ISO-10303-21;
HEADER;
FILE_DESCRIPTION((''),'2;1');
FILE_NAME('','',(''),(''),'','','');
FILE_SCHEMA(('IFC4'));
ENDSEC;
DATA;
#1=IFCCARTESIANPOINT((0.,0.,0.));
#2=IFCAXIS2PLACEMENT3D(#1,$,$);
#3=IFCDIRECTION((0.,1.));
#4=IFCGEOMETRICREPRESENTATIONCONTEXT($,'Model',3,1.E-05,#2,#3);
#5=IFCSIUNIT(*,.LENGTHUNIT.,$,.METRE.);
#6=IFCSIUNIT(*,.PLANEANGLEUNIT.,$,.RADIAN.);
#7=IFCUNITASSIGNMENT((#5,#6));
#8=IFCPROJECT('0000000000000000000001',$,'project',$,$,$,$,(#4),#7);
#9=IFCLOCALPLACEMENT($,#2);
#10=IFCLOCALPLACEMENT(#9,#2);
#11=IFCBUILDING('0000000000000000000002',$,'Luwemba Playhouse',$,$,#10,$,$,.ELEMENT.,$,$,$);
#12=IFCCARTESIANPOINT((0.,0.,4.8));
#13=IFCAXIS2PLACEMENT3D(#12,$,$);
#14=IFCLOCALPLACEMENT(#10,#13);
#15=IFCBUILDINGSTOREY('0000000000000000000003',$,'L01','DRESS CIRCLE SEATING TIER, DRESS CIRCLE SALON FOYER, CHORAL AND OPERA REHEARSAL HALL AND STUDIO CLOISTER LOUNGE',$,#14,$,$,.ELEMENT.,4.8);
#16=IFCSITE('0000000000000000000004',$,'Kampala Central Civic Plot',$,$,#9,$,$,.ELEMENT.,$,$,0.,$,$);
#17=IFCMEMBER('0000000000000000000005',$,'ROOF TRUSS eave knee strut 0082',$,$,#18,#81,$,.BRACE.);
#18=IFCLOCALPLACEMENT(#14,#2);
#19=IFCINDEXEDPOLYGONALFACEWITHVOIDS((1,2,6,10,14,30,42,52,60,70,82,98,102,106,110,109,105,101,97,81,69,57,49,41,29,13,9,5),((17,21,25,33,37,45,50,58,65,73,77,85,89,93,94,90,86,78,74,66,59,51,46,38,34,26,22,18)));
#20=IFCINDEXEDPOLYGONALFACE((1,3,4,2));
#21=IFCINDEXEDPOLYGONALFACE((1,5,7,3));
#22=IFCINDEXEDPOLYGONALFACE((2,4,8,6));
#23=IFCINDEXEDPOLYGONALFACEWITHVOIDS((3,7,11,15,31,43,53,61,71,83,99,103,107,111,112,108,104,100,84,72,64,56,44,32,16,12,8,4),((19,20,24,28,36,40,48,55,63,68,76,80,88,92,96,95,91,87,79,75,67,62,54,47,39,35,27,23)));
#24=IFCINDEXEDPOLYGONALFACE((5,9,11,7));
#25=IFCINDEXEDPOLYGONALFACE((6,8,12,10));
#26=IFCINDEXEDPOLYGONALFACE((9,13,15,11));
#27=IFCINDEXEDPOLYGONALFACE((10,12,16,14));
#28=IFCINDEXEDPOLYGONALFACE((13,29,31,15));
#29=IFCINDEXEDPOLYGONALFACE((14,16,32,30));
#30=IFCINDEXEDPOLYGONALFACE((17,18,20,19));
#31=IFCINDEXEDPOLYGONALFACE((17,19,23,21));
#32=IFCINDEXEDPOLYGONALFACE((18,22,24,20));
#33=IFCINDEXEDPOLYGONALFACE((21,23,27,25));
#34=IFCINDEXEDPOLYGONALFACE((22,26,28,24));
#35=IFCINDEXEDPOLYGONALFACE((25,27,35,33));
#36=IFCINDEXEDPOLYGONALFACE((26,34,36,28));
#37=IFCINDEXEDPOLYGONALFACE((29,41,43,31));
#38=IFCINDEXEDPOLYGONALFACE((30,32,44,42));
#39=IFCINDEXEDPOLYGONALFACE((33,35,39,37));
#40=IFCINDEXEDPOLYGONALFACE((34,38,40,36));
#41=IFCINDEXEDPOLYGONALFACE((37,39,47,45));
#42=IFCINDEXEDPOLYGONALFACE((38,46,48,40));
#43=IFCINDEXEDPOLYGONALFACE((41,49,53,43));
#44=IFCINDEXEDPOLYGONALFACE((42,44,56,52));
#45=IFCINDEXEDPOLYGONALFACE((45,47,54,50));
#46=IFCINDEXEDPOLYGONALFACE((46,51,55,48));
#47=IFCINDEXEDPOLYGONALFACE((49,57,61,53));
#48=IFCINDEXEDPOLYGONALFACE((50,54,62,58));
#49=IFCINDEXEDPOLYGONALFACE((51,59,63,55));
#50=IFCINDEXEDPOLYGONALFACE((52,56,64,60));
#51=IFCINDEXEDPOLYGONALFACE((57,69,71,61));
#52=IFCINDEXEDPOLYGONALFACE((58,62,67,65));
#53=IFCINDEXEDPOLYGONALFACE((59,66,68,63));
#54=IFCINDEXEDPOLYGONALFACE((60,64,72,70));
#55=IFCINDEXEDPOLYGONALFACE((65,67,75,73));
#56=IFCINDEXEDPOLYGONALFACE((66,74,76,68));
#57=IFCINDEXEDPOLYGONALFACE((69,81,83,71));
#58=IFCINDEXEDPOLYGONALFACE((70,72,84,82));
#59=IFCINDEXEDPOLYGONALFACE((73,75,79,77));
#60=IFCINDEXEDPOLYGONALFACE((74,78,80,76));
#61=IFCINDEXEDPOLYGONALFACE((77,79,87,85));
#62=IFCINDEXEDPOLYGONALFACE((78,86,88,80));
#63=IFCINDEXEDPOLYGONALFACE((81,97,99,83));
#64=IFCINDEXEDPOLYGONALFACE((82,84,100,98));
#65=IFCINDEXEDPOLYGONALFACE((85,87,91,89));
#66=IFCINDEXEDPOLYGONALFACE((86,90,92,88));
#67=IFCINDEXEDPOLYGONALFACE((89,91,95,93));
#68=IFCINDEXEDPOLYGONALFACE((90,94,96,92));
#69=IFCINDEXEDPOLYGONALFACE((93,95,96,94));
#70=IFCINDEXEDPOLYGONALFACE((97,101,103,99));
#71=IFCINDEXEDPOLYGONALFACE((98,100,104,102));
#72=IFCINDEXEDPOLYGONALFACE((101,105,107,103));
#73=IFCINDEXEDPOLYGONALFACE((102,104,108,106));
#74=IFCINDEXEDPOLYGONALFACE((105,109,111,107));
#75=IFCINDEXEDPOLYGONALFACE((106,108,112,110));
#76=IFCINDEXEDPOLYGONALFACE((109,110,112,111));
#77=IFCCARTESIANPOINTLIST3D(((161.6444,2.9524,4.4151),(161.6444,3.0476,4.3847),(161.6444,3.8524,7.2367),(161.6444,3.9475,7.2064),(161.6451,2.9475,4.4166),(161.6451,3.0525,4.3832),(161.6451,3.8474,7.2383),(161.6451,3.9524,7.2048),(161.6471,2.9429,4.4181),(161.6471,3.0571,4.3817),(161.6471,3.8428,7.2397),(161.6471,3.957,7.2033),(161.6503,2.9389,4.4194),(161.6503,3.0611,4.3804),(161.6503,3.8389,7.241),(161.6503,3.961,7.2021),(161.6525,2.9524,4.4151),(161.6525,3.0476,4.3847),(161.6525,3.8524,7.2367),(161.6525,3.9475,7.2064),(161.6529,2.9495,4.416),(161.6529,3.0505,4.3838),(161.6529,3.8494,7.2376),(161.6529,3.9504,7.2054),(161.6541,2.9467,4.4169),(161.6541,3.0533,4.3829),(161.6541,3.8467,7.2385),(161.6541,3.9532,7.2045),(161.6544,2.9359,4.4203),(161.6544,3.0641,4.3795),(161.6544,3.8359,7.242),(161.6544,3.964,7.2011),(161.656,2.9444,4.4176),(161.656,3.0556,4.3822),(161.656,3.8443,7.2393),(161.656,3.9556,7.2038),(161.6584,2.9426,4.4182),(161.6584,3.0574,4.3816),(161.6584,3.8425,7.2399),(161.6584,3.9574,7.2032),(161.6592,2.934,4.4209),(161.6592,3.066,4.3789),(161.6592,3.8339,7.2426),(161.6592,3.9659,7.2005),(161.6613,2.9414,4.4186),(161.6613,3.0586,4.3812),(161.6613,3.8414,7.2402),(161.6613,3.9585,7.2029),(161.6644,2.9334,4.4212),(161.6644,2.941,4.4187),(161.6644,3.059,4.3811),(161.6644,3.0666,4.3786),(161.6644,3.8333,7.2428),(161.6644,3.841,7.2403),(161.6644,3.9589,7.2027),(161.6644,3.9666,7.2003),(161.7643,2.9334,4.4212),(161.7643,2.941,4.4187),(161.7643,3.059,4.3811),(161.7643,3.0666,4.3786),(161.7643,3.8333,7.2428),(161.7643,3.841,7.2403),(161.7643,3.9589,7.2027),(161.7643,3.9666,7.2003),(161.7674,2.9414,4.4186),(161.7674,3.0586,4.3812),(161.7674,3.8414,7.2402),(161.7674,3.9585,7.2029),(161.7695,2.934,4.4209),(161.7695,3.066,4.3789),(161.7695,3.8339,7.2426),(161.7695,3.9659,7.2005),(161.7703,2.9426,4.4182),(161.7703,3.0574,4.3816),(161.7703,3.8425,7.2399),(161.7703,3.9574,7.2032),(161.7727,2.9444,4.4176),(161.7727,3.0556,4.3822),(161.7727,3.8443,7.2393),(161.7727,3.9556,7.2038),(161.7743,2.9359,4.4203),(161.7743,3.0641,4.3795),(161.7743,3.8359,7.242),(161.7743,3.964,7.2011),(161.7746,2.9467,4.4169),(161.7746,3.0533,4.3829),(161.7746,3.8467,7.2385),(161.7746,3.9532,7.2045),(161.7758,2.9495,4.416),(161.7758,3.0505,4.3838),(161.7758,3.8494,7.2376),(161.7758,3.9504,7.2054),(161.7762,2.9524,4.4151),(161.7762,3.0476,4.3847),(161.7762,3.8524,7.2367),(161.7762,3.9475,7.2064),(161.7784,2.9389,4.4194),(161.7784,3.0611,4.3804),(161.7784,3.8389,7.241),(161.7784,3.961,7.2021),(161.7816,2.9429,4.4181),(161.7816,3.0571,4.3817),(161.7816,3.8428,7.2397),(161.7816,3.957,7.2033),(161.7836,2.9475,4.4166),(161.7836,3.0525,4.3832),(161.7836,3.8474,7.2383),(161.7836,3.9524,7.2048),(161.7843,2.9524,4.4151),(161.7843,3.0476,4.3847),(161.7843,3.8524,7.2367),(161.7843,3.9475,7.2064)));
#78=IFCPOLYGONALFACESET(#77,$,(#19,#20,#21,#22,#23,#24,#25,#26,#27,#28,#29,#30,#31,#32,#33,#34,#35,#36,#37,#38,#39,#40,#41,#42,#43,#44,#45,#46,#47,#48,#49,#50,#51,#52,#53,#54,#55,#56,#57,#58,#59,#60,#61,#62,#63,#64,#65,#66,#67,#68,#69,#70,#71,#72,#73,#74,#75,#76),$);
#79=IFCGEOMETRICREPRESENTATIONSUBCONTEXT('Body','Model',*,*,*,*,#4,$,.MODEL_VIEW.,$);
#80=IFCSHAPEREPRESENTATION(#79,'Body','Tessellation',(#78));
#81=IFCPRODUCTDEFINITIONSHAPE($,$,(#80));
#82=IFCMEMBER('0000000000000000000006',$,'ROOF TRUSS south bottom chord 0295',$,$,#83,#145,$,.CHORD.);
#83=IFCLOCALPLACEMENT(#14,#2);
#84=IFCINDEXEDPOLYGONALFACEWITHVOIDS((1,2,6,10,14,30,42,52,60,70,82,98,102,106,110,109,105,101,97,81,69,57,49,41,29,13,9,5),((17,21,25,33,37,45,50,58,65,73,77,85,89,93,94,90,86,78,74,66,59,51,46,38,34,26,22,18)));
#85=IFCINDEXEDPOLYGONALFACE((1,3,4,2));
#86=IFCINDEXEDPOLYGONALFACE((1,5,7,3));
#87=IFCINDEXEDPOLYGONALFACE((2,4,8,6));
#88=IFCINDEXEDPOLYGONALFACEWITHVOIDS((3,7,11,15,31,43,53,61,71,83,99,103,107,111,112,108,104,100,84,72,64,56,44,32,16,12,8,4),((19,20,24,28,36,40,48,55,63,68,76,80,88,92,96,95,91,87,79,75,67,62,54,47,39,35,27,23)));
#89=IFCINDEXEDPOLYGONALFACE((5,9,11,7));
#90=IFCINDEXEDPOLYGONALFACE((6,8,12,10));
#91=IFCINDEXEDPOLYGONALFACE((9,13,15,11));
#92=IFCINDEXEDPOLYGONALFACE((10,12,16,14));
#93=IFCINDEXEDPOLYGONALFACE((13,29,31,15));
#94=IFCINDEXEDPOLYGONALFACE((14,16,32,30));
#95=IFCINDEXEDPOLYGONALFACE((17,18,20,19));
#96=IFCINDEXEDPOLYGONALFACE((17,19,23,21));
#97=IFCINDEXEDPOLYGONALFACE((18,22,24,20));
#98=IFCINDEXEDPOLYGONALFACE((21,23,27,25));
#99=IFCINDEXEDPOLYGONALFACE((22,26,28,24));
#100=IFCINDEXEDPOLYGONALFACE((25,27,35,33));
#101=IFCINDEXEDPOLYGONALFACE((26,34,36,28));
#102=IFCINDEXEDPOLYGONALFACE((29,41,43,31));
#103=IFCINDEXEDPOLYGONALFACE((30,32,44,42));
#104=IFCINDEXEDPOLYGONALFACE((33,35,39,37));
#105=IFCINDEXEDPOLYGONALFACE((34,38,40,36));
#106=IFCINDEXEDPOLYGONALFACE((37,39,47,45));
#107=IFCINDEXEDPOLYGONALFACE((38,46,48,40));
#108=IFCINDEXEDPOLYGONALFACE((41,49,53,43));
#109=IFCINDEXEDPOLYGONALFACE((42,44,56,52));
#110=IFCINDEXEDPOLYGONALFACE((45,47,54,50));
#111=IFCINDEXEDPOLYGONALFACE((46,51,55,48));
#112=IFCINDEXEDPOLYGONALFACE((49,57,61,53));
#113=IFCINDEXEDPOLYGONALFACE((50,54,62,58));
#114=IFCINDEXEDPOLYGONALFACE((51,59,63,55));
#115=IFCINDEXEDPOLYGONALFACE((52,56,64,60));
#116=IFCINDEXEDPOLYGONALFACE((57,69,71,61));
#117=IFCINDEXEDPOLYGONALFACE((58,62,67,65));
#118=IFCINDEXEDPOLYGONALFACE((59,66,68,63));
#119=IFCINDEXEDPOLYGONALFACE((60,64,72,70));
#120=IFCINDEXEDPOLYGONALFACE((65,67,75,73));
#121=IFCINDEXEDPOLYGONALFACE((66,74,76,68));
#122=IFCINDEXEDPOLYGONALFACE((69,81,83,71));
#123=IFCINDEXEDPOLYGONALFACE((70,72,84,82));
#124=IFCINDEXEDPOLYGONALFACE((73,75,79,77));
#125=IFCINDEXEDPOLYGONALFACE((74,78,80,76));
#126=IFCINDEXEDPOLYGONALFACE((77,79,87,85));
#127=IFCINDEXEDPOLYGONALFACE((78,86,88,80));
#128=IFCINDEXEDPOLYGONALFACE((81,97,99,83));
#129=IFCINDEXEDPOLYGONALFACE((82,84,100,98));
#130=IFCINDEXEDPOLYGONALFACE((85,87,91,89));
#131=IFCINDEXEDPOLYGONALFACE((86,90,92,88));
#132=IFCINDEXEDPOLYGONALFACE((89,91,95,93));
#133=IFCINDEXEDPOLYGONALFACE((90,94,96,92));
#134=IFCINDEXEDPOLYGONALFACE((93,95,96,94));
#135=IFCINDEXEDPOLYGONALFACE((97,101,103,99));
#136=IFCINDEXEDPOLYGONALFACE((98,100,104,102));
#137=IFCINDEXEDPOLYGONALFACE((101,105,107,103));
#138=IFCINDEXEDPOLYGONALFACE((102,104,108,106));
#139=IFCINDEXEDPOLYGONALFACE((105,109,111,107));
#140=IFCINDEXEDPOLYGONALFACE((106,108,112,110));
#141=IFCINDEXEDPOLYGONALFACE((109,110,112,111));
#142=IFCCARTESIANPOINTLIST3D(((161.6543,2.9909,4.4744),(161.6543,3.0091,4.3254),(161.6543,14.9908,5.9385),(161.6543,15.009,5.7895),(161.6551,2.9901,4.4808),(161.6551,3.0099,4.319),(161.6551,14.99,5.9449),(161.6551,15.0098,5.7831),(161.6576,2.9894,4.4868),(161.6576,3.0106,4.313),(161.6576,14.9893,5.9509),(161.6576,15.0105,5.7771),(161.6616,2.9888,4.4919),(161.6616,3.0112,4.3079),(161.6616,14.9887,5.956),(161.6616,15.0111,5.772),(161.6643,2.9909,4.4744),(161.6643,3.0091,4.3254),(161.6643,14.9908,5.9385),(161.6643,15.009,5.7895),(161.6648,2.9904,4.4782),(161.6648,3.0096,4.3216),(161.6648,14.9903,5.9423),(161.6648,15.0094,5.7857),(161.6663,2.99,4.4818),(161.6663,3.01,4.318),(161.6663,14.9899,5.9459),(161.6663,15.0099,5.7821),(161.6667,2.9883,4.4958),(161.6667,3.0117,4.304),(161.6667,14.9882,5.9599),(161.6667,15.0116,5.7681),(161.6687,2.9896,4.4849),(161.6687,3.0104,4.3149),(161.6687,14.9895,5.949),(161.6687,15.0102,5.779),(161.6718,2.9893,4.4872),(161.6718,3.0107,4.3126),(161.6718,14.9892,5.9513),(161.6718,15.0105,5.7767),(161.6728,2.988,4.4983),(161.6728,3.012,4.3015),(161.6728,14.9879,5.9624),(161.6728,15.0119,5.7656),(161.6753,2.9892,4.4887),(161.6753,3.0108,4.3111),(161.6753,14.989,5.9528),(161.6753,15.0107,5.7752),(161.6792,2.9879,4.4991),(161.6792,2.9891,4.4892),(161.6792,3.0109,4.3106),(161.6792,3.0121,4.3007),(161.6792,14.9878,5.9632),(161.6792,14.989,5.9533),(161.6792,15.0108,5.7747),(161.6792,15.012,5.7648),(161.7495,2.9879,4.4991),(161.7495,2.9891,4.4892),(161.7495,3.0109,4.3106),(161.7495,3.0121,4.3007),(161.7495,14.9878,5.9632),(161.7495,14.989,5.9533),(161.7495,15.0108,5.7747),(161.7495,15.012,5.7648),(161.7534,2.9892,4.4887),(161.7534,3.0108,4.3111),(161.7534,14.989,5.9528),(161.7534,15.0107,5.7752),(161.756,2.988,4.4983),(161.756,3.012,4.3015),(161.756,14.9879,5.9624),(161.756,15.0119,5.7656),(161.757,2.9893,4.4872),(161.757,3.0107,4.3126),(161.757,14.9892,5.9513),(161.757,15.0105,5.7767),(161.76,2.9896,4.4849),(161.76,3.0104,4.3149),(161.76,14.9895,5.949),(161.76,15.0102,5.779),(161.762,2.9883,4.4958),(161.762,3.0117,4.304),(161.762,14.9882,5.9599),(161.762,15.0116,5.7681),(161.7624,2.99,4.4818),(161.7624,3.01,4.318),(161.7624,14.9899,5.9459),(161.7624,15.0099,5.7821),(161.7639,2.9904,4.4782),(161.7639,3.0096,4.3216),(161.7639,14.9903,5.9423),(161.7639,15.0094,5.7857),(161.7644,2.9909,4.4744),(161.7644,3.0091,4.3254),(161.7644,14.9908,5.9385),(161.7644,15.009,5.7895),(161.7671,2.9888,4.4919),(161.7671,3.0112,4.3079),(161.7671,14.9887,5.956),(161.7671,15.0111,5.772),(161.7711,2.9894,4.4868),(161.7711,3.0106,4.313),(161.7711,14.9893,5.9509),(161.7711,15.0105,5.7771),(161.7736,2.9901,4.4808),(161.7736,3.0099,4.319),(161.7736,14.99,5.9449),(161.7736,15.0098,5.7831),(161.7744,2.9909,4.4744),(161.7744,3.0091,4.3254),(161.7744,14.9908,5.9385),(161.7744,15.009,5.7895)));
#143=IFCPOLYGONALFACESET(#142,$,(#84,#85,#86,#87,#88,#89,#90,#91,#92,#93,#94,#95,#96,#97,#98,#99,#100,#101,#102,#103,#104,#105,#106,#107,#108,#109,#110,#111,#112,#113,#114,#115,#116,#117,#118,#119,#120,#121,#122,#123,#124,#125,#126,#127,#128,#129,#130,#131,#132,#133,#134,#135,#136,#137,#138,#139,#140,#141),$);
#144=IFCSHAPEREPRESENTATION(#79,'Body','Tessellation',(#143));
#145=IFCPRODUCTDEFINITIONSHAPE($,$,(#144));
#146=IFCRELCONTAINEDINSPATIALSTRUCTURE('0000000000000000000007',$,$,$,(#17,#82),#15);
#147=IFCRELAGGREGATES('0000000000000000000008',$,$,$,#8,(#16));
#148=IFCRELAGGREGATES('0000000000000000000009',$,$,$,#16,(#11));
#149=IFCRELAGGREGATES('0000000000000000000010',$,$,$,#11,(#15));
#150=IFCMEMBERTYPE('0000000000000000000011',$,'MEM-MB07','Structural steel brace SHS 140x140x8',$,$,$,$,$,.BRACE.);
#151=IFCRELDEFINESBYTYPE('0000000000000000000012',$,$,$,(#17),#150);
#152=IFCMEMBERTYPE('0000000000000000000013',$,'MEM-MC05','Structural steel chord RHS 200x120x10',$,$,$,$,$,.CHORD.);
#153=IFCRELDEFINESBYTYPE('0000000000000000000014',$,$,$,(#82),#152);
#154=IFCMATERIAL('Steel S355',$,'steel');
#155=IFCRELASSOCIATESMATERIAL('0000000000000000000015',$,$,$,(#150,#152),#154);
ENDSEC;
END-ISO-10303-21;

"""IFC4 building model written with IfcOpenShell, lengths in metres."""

from ifc_helpers import new_model, si_unit, direction, frame, origin, origin_2d, place, context, subcontext, project, spatial, hollow_rectangle, extrude, material, material_profile, profile_set, type_object, element, save


model = new_model("IFC4")

# Units and contexts
model_context = context("Model", 3, precision=1e-05, world=origin(), true_north=direction((0.0, 1.0)))
body_context = subcontext(model_context, "Body", "Model", "MODEL_VIEW")
ifc_project = project(units=[si_unit("LENGTHUNIT", "METRE"), si_unit("PLANEANGLEUNIT", "RADIAN")], contexts=[model_context])

# Site, building, storey
site_placement = place(None, origin())
site = spatial("IfcSite", under=ifc_project, at=site_placement, Name="Kampala Central Civic Plot", CompositionType="ELEMENT", RefElevation=0.0)
building_placement = place(site_placement, origin())
building = spatial("IfcBuilding", under=site, at=building_placement, Name="Luwemba Playhouse", CompositionType="ELEMENT")
storey_placement = place(building_placement, frame((0.0, 0.0, 4.8)))
storey = spatial("IfcBuildingStorey", under=building, at=storey_placement, Name="L01", Description="DRESS CIRCLE SEATING TIER, DRESS CIRCLE SALON FOYER, CHORAL AND OPERA REHEARSAL HALL AND STUDIO CLOISTER LOUNGE", CompositionType="ELEMENT", Elevation=4.8)

# Shared definitions
ifc_material_1 = material(Name="Steel S355", Category="steel")

# Members
ifc_material_profile_1 = material_profile(ifc_material_1, hollow_rectangle(XDim=0.1399, YDim=0.1399, WallThickness=0.0081, InnerFilletRadius=0.012, OuterFilletRadius=0.02, at=origin_2d()))
ifc_profile_set_1 = profile_set([ifc_material_profile_1], Name="Steel S355")
member_type_1 = type_object("IfcMemberType", Name="MEM-MB07", Description="Structural steel brace SHS 140x140x8", PredefinedType="BRACE", material=ifc_profile_set_1)
member_1_placement = place(storey_placement, frame((161.7144, 3.0, 4.3999), z_axis=(0.0, 0.30386, 0.952717), x_axis=(-1.0, 0.0, 0.0)))
element("IfcMember", 1, at=member_1_placement, inside=storey, type_object=member_type_1, Name="ROOF TRUSS eave knee strut 0082", PredefinedType="BRACE", context=body_context, shape_type="SweptSolid", body=[
    extrude(hollow_rectangle(XDim=0.1399, YDim=0.1399, WallThickness=0.0081, InnerFilletRadius=0.012, OuterFilletRadius=0.02, at=origin_2d()), origin(), (0.0, 0.0, 1.0), 2.9617),
])
ifc_material_profile_2 = material_profile(ifc_material_1, hollow_rectangle(XDim=0.1201, YDim=0.2, WallThickness=0.01, InnerFilletRadius=0.0149, OuterFilletRadius=0.0249, at=origin_2d()))
ifc_profile_set_2 = profile_set([ifc_material_profile_2], Name="Steel S355")
member_type_2 = type_object("IfcMemberType", Name="MEM-MC05", Description="Structural steel chord RHS 200x120x10", PredefinedType="CHORD", material=ifc_profile_set_2)
member_2_placement = place(storey_placement, frame((161.7144, 3.0, 4.3999), z_axis=(0.0, 0.992639, 0.121111), x_axis=(-1.0, 0.0, 0.0)))
element("IfcMember", 2, at=member_2_placement, inside=storey, type_object=member_type_2, Name="ROOF TRUSS south bottom chord 0295", PredefinedType="CHORD", context=body_context, shape_type="SweptSolid", body=[
    extrude(hollow_rectangle(XDim=0.1201, YDim=0.2, WallThickness=0.01, InnerFilletRadius=0.0149, OuterFilletRadius=0.0249, at=origin_2d()), origin(), (0.0, 0.0, 1.0), 12.0889),
])

save(model, "model.ifc")
